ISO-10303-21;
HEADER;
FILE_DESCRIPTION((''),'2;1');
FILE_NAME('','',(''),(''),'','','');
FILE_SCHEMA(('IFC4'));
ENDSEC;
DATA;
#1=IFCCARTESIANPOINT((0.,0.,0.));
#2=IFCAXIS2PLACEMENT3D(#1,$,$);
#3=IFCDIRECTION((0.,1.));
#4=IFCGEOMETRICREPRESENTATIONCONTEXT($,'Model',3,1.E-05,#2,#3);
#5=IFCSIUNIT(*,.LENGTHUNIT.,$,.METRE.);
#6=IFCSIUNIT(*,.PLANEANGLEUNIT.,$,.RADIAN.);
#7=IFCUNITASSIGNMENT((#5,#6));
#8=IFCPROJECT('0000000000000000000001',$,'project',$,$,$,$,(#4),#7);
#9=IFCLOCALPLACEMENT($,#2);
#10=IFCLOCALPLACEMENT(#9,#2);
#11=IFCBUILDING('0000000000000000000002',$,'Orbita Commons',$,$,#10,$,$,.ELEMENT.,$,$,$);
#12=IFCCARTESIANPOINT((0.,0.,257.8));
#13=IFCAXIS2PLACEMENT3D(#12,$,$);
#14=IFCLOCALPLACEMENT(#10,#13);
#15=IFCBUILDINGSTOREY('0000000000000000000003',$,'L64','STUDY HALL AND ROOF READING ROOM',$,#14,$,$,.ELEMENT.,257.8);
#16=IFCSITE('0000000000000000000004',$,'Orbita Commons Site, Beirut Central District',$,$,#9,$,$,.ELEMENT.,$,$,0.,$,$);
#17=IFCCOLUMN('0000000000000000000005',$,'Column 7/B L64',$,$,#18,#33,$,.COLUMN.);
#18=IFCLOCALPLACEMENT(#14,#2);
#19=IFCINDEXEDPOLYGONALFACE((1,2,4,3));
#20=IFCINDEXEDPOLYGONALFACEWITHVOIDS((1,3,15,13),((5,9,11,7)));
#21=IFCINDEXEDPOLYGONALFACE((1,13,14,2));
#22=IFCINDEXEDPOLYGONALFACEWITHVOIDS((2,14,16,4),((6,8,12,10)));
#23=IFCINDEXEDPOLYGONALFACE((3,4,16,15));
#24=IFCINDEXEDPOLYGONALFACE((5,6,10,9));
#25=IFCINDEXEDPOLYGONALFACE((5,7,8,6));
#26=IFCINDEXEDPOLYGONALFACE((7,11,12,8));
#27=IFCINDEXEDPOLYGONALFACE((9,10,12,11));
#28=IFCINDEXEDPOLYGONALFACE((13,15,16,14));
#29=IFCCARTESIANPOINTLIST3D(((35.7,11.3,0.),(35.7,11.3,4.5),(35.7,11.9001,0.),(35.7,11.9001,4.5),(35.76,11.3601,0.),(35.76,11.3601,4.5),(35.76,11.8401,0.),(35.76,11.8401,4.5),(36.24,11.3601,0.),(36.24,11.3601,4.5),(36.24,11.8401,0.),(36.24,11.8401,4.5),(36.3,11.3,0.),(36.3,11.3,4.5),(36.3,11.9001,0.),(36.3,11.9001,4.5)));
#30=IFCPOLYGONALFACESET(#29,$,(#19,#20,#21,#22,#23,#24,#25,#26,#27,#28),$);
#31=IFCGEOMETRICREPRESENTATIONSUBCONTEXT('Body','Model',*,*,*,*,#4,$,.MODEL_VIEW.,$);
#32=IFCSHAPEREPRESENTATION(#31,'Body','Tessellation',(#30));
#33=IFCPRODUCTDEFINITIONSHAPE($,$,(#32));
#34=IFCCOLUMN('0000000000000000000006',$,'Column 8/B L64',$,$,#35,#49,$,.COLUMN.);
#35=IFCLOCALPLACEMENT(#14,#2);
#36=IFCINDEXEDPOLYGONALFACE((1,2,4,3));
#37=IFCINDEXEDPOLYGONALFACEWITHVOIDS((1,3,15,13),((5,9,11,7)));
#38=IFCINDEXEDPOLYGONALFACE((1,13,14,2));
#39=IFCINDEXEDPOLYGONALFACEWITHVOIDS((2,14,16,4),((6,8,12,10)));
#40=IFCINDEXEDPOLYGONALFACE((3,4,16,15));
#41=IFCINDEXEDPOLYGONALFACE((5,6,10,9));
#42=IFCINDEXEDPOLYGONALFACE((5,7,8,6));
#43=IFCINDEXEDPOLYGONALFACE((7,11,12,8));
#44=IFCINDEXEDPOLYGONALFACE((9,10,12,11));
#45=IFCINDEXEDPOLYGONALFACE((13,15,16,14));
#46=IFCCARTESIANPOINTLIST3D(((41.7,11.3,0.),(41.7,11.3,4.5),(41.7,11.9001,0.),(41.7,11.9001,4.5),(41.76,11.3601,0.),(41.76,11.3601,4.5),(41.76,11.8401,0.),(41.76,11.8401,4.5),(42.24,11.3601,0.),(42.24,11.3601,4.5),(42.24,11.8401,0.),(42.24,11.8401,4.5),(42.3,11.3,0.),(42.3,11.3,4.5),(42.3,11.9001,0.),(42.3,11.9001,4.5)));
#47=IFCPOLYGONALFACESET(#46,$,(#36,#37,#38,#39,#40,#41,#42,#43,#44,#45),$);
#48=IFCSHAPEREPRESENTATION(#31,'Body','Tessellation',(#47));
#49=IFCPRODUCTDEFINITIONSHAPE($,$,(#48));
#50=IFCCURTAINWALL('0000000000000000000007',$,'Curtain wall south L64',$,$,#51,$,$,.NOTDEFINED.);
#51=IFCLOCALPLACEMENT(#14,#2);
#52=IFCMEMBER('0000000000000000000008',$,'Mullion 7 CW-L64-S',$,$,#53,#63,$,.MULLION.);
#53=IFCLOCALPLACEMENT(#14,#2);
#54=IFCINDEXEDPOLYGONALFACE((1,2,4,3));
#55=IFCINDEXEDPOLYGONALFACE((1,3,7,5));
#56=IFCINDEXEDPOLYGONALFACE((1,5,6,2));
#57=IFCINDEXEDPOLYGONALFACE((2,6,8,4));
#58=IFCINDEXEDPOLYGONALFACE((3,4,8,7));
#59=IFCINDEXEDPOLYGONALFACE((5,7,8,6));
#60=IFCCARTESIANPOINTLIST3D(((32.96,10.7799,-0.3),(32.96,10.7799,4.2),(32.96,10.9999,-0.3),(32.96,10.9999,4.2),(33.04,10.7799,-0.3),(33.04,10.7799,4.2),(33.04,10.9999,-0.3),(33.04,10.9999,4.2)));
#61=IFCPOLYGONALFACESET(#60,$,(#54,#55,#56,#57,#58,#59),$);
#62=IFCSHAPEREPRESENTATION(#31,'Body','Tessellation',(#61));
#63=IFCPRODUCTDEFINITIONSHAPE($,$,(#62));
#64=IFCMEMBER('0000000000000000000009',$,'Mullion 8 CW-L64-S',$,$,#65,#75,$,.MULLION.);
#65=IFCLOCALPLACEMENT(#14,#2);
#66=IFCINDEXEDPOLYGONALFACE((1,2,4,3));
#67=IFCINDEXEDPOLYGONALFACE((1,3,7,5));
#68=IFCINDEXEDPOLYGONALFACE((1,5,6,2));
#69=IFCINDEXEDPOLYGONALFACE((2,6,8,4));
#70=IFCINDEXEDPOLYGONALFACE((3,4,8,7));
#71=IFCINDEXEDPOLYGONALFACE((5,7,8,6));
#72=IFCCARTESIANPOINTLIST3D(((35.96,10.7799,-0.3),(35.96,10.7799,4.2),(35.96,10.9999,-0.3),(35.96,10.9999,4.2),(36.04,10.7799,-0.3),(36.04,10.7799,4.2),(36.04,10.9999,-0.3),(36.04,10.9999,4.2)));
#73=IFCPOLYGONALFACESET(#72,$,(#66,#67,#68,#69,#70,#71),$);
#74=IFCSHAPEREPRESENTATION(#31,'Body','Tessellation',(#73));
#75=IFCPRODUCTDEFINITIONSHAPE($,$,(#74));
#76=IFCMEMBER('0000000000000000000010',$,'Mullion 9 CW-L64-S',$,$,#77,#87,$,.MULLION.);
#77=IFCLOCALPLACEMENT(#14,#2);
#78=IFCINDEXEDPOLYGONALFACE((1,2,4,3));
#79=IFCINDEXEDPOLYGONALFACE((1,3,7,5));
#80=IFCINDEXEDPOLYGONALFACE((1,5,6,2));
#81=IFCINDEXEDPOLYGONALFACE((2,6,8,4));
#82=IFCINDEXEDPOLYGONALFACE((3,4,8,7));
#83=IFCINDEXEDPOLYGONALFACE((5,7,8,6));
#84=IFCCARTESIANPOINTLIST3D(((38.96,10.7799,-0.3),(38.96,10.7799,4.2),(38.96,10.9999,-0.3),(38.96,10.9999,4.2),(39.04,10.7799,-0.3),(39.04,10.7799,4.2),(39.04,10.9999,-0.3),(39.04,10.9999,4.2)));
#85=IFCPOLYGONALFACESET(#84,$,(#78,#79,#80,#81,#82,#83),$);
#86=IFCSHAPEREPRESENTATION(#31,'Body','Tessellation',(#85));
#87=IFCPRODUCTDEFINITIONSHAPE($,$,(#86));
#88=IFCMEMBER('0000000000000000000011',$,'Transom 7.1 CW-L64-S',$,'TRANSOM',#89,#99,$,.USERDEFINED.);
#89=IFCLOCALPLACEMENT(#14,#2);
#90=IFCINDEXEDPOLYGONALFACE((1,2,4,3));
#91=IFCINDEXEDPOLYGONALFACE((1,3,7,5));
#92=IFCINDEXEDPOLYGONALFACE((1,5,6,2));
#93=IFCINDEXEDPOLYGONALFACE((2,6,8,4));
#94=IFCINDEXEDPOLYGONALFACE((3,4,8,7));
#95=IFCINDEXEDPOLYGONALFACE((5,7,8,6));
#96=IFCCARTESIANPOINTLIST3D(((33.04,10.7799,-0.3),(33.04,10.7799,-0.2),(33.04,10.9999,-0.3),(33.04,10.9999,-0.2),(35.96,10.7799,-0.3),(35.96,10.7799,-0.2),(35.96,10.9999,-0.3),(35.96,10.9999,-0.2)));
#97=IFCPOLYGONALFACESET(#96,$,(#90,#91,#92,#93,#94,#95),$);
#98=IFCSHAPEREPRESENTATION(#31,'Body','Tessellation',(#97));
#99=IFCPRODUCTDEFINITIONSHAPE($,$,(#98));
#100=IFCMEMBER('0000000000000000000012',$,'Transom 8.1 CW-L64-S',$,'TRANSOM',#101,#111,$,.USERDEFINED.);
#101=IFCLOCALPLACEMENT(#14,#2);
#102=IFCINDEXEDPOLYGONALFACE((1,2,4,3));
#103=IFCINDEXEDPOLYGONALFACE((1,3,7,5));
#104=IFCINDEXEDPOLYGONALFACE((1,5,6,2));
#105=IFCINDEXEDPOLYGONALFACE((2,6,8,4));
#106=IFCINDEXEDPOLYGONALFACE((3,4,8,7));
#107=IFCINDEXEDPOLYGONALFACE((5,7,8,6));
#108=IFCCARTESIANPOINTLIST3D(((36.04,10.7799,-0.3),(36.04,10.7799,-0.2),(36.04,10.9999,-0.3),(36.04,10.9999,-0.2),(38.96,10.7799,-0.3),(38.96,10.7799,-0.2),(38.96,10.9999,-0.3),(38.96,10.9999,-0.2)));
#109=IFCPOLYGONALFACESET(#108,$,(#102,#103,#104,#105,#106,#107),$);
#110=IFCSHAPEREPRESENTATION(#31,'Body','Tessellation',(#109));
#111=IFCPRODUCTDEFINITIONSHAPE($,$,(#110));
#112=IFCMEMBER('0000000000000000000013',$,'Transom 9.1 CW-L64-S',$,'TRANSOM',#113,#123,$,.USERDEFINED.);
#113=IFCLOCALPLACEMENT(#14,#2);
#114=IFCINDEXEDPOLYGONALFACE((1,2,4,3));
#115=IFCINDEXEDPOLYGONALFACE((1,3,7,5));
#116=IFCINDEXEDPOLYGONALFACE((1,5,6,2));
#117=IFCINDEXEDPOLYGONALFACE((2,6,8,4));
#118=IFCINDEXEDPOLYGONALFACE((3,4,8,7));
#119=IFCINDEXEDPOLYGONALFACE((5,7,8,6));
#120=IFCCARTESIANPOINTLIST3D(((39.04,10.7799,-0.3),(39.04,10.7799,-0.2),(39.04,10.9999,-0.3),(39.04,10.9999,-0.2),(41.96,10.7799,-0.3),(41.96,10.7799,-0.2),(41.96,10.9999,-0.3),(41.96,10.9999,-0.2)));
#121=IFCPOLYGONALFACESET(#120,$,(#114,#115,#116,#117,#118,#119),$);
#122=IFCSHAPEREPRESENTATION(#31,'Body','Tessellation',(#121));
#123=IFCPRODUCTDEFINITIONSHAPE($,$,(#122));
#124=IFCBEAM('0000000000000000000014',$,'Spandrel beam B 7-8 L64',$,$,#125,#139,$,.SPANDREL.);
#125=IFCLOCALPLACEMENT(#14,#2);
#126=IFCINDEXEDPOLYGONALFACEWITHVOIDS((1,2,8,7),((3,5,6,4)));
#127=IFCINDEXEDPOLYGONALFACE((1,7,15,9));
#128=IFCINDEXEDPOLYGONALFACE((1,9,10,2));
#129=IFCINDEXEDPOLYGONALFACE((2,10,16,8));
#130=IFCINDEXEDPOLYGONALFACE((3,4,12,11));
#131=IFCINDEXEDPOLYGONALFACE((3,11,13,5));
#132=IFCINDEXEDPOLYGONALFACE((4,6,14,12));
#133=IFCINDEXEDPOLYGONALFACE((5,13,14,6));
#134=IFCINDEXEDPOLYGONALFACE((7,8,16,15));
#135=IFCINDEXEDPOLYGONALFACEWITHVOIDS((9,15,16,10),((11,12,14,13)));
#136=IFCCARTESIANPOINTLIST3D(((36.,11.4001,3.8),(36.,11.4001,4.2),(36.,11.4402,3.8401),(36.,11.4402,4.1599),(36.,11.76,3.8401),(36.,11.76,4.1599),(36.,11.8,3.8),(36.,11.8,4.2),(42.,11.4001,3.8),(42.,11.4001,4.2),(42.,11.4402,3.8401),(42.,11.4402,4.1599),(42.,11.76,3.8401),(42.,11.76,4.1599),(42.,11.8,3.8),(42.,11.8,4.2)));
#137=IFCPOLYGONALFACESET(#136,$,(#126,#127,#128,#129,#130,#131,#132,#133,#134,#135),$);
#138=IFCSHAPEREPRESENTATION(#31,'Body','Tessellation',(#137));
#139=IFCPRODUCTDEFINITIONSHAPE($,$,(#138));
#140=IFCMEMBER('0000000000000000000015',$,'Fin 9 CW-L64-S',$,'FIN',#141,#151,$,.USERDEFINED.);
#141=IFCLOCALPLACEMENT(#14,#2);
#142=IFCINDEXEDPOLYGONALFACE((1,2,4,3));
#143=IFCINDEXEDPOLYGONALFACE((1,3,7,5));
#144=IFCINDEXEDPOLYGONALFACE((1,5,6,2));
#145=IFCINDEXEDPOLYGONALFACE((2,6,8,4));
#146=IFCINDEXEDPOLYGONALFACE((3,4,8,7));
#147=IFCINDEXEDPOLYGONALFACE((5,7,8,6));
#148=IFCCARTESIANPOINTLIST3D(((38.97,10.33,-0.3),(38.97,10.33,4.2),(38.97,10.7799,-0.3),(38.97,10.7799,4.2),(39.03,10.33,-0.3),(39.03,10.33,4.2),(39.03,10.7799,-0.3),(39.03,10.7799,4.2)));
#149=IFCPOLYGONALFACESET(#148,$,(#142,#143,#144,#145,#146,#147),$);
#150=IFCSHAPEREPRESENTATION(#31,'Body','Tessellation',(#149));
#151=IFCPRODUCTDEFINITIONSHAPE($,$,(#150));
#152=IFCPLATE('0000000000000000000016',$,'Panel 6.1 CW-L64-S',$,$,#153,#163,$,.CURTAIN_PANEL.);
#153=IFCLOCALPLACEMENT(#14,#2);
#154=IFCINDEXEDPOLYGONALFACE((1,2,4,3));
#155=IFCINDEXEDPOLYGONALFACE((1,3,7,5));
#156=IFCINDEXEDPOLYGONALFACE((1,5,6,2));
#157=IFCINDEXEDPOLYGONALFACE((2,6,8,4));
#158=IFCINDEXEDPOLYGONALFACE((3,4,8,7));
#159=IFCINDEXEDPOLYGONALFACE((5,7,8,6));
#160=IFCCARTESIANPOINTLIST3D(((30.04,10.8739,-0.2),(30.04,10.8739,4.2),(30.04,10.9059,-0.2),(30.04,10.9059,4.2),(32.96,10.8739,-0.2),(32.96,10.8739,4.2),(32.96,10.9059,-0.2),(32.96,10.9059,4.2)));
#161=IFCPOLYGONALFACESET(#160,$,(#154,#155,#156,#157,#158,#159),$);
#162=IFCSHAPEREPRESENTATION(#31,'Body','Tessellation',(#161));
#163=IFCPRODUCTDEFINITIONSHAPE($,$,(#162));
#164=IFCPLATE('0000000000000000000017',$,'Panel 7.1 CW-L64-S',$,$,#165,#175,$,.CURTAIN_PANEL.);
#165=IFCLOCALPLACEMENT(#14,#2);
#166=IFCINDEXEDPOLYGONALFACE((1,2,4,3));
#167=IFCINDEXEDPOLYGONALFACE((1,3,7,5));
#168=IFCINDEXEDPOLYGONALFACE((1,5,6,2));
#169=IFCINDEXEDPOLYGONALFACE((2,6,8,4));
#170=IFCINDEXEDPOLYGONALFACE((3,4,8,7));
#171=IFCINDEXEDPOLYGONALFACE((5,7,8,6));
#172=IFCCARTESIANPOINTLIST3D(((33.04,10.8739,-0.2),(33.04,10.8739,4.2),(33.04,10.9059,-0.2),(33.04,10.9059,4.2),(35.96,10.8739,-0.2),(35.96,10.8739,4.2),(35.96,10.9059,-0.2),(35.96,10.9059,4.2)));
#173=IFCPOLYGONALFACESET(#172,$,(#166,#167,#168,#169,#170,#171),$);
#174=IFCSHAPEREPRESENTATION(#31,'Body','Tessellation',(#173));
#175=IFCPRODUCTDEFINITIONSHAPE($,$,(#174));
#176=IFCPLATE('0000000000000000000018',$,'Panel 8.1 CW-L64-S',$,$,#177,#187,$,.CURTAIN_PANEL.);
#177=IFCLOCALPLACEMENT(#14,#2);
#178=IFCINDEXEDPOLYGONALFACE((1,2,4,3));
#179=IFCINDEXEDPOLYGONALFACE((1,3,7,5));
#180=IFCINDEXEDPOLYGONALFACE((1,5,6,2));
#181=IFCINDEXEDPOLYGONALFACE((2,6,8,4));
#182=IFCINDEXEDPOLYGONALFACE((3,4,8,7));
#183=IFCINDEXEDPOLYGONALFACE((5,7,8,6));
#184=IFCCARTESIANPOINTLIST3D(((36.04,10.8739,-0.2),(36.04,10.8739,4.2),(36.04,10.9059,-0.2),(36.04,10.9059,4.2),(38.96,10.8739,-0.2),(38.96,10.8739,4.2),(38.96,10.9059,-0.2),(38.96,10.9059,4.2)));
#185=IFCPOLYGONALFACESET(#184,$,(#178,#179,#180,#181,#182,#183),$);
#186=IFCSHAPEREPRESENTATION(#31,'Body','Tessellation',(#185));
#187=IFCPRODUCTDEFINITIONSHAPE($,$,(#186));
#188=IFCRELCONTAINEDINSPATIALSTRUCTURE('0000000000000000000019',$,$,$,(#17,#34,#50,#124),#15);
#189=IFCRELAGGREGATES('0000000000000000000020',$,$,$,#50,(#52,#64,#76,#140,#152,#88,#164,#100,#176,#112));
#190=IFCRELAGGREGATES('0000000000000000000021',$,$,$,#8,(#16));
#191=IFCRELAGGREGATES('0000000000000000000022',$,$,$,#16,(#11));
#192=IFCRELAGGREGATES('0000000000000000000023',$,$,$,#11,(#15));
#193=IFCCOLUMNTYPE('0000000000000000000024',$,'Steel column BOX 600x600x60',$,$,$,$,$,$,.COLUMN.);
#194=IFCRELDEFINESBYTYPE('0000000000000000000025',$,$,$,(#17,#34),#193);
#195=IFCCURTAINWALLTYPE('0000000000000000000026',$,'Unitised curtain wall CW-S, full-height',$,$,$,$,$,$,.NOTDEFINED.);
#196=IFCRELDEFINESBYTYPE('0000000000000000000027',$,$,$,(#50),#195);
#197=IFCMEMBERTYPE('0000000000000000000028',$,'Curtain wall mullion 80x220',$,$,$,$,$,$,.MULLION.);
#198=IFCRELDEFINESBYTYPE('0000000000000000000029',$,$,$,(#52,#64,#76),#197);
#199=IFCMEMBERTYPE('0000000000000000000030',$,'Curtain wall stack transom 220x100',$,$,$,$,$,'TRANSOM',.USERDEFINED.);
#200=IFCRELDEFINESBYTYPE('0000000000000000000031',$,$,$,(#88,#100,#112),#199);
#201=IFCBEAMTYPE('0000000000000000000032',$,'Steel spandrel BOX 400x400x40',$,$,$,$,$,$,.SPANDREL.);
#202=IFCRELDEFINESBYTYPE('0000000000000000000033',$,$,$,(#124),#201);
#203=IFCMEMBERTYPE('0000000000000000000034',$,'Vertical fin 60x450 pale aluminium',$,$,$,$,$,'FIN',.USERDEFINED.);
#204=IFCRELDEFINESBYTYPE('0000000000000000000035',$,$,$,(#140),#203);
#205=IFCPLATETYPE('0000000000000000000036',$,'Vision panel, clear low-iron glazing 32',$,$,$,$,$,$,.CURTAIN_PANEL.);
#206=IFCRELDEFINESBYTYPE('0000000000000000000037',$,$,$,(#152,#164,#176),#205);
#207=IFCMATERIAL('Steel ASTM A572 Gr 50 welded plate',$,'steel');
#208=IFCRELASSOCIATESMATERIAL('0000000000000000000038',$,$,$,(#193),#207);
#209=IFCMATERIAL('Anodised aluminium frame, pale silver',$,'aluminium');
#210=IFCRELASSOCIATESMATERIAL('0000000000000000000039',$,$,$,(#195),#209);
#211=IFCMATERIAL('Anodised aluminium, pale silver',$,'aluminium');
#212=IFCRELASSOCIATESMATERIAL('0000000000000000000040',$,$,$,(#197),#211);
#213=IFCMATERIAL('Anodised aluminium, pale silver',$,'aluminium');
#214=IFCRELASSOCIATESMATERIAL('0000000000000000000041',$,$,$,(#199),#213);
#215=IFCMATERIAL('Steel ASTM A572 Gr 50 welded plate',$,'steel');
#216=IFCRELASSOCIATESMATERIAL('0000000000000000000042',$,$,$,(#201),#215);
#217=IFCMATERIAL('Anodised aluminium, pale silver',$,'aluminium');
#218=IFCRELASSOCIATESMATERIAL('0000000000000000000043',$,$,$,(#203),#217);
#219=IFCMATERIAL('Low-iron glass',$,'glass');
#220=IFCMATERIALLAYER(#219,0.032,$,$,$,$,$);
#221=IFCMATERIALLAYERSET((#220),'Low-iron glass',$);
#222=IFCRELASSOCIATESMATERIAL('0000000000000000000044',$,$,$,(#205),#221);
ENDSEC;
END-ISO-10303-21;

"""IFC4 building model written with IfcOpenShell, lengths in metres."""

from ifc_helpers import new_model, si_unit, direction, frame, origin, origin_2d, place, context, subcontext, project, spatial, rectangle, hollow_rectangle, extrude, material, layer, layer_set, material_profile, profile_set, type_object, element, aggregate, save


model = new_model("IFC4")

# Units and contexts
model_context = context("Model", 3, precision=1e-05, world=origin(), true_north=direction((0.0, 1.0)))
body_context = subcontext(model_context, "Body", "Model", "MODEL_VIEW")
ifc_project = project(units=[si_unit("LENGTHUNIT", "METRE"), si_unit("PLANEANGLEUNIT", "RADIAN")], contexts=[model_context])

# Site, building, storey
site_placement = place(None, origin())
site = spatial("IfcSite", under=ifc_project, at=site_placement, Name="Orbita Commons Site, Beirut Central District", CompositionType="ELEMENT", RefElevation=0.0)
building_placement = place(site_placement, origin())
building = spatial("IfcBuilding", under=site, at=building_placement, Name="Orbita Commons", CompositionType="ELEMENT")
storey_placement = place(building_placement, frame((0.0, 0.0, 257.8)))
storey = spatial("IfcBuildingStorey", under=building, at=storey_placement, Name="L64", Description="STUDY HALL AND ROOF READING ROOM", CompositionType="ELEMENT", Elevation=257.8)

# Columns
ifc_material_1 = material(Name="Steel ASTM A572 Gr 50 welded plate", Category="steel")
ifc_material_profile_1 = material_profile(ifc_material_1, hollow_rectangle(XDim=0.6001, YDim=0.6001, WallThickness=0.0601, at=origin_2d()), Name="BOX 600x600x60")
ifc_profile_set_1 = profile_set([ifc_material_profile_1], Name="Steel ASTM A572 Gr 50 welded plate")
column_type = type_object("IfcColumnType", Name="Steel column BOX 600x600x60", PredefinedType="COLUMN", material=ifc_profile_set_1)
for number, where, z_axis, x_axis, name in (
    (1, (36.0, 11.6001, 0.0), (0.0, 0.0, 1.0), (1.0, 0.0, 0.0), "Column 7/B L64"),
    (2, (42.0, 11.6001, 0.0), (0.0, 0.0, 1.0), (1.0, 0.0, 0.0), "Column 8/B L64"),
):
    element("IfcColumn", number, at=place(storey_placement, frame(where, z_axis=z_axis, x_axis=x_axis)), inside=storey, type_object=column_type, Name=name, PredefinedType="COLUMN", context=body_context, shape_type="SweptSolid", body=[
        extrude(hollow_rectangle(XDim=0.6001, YDim=0.6001, WallThickness=0.0601, at=origin_2d()), origin(), (0.0, 0.0, 1.0), 4.5),
    ])

# Curtain wall, members
ifc_material_2 = material(Name="Anodised aluminium frame, pale silver", Category="aluminium")
curtain_wall_type = type_object("IfcCurtainWallType", Name="Unitised curtain wall CW-S, full-height", PredefinedType="NOTDEFINED", material=ifc_material_2)
curtain_wall_placement = place(storey_placement, origin())
curtain_wall = element("IfcCurtainWall", 3, at=curtain_wall_placement, inside=storey, type_object=curtain_wall_type, Name="Curtain wall south L64", PredefinedType="NOTDEFINED")
ifc_material_3 = material(Name="Anodised aluminium, pale silver", Category="aluminium")
ifc_material_profile_2 = material_profile(ifc_material_3, rectangle(XDim=0.0801, YDim=0.22, at=origin_2d()), Name="AL 80x220")
ifc_profile_set_2 = profile_set([ifc_material_profile_2], Name="Anodised aluminium, pale silver")
member_type_1 = type_object("IfcMemberType", Name="Curtain wall mullion 80x220", PredefinedType="MULLION", material=ifc_profile_set_2)
member_1_placement = place(storey_placement, frame((33.0, 10.8899, -0.3), z_axis=(0.0, 0.0, 1.0), x_axis=(1.0, 0.0, 0.0)))
member_1 = element("IfcMember", 4, at=member_1_placement, type_object=member_type_1, Name="Mullion 7 CW-L64-S", PredefinedType="MULLION", context=body_context, shape_type="SweptSolid", body=[
    extrude(rectangle(XDim=0.0801, YDim=0.22, at=origin_2d()), origin(), (0.0, 0.0, 1.0), 4.5),
])
member_2_placement = place(storey_placement, frame((36.0, 10.8899, -0.3), z_axis=(0.0, 0.0, 1.0), x_axis=(1.0, 0.0, 0.0)))
member_2 = element("IfcMember", 5, at=member_2_placement, type_object=member_type_1, Name="Mullion 8 CW-L64-S", PredefinedType="MULLION", context=body_context, shape_type="SweptSolid", body=[
    extrude(rectangle(XDim=0.0801, YDim=0.22, at=origin_2d()), origin(), (0.0, 0.0, 1.0), 4.5),
])
member_3_placement = place(storey_placement, frame((39.0, 10.8899, -0.3), z_axis=(0.0, 0.0, 1.0), x_axis=(1.0, 0.0, 0.0)))
member_3 = element("IfcMember", 6, at=member_3_placement, type_object=member_type_1, Name="Mullion 9 CW-L64-S", PredefinedType="MULLION", context=body_context, shape_type="SweptSolid", body=[
    extrude(rectangle(XDim=0.0801, YDim=0.22, at=origin_2d()), origin(), (0.0, 0.0, 1.0), 4.5),
])
ifc_material_4 = material(Name="Anodised aluminium, pale silver", Category="aluminium")
ifc_material_profile_3 = material_profile(ifc_material_4, rectangle(XDim=0.22, YDim=0.1001, at=origin_2d()), Name="AL 220x100")
ifc_profile_set_3 = profile_set([ifc_material_profile_3], Name="Anodised aluminium, pale silver")
member_type_2 = type_object("IfcMemberType", Name="Curtain wall stack transom 220x100", ElementType="TRANSOM", PredefinedType="USERDEFINED", material=ifc_profile_set_3)
member_4_placement = place(storey_placement, frame((33.04, 10.8899, -0.25), z_axis=(1.0, 0.0, 0.0), x_axis=(0.0, 1.0, 0.0)))
member_4 = element("IfcMember", 7, at=member_4_placement, type_object=member_type_2, Name="Transom 7.1 CW-L64-S", ObjectType="TRANSOM", PredefinedType="USERDEFINED", context=body_context, shape_type="SweptSolid", body=[
    extrude(rectangle(XDim=0.22, YDim=0.1001, at=origin_2d()), origin(), (0.0, 0.0, 1.0), 2.9199),
])
member_5_placement = place(storey_placement, frame((36.04, 10.8899, -0.25), z_axis=(1.0, 0.0, 0.0), x_axis=(0.0, 1.0, 0.0)))
member_5 = element("IfcMember", 8, at=member_5_placement, type_object=member_type_2, Name="Transom 8.1 CW-L64-S", ObjectType="TRANSOM", PredefinedType="USERDEFINED", context=body_context, shape_type="SweptSolid", body=[
    extrude(rectangle(XDim=0.22, YDim=0.1001, at=origin_2d()), origin(), (0.0, 0.0, 1.0), 2.9199),
])
member_6_placement = place(storey_placement, frame((39.04, 10.8899, -0.25), z_axis=(1.0, 0.0, 0.0), x_axis=(0.0, 1.0, 0.0)))
member_6 = element("IfcMember", 9, at=member_6_placement, type_object=member_type_2, Name="Transom 9.1 CW-L64-S", ObjectType="TRANSOM", PredefinedType="USERDEFINED", context=body_context, shape_type="SweptSolid", body=[
    extrude(rectangle(XDim=0.22, YDim=0.1001, at=origin_2d()), origin(), (0.0, 0.0, 1.0), 2.9199),
])

# Beam
ifc_material_5 = material(Name="Steel ASTM A572 Gr 50 welded plate", Category="steel")
ifc_material_profile_4 = material_profile(ifc_material_5, hollow_rectangle(XDim=0.3999, YDim=0.3999, WallThickness=0.04, at=origin_2d()), Name="BOX 400x400x40")
ifc_profile_set_4 = profile_set([ifc_material_profile_4], Name="Steel ASTM A572 Gr 50 welded plate")
beam_type = type_object("IfcBeamType", Name="Steel spandrel BOX 400x400x40", PredefinedType="SPANDREL", material=ifc_profile_set_4)
beam_placement = place(storey_placement, frame((36.0, 11.6001, 4.0), z_axis=(1.0, 0.0, 0.0), x_axis=(0.0, 1.0, 0.0)))
element("IfcBeam", 10, at=beam_placement, inside=storey, type_object=beam_type, Name="Spandrel beam B 7-8 L64", PredefinedType="SPANDREL", context=body_context, shape_type="SweptSolid", body=[
    extrude(hollow_rectangle(XDim=0.3999, YDim=0.3999, WallThickness=0.04, at=origin_2d()), origin(), (0.0, 0.0, 1.0), 6.0),
])

# Member
ifc_material_6 = material(Name="Anodised aluminium, pale silver", Category="aluminium")
ifc_material_profile_5 = material_profile(ifc_material_6, rectangle(XDim=0.0601, YDim=0.45, at=origin_2d()), Name="FIN 60x450")
ifc_profile_set_5 = profile_set([ifc_material_profile_5], Name="Anodised aluminium, pale silver")
member_type_3 = type_object("IfcMemberType", Name="Vertical fin 60x450 pale aluminium", ElementType="FIN", PredefinedType="USERDEFINED", material=ifc_profile_set_5)
member_7_placement = place(storey_placement, frame((39.0, 10.5549, -0.3), z_axis=(0.0, 0.0, 1.0), x_axis=(1.0, 0.0, 0.0)))
member_7 = element("IfcMember", 11, at=member_7_placement, type_object=member_type_3, Name="Fin 9 CW-L64-S", ObjectType="FIN", PredefinedType="USERDEFINED", context=body_context, shape_type="SweptSolid", body=[
    extrude(rectangle(XDim=0.0601, YDim=0.45, at=origin_2d()), origin(), (0.0, 0.0, 1.0), 4.5),
])

# Plates
ifc_material_7 = material(Name="Low-iron glass", Category="glass")
ifc_layer_1 = layer(ifc_material_7, 0.032)
ifc_layer_set_1 = layer_set([ifc_layer_1], Name="Low-iron glass")
plate_type = type_object("IfcPlateType", Name="Vision panel, clear low-iron glazing 32", PredefinedType="CURTAIN_PANEL", material=ifc_layer_set_1)
plate_1_placement = place(storey_placement, frame((31.5, 10.8899, -0.2), z_axis=(0.0, 0.0, 1.0), x_axis=(1.0, 0.0, 0.0)))
plate_1 = element("IfcPlate", 12, at=plate_1_placement, type_object=plate_type, Name="Panel 6.1 CW-L64-S", PredefinedType="CURTAIN_PANEL", context=body_context, shape_type="SweptSolid", body=[
    extrude(rectangle(XDim=2.9199, YDim=0.032, at=origin_2d()), origin(), (0.0, 0.0, 1.0), 4.3999),
])
plate_2_placement = place(storey_placement, frame((34.5, 10.8899, -0.2), z_axis=(0.0, 0.0, 1.0), x_axis=(1.0, 0.0, 0.0)))
plate_2 = element("IfcPlate", 13, at=plate_2_placement, type_object=plate_type, Name="Panel 7.1 CW-L64-S", PredefinedType="CURTAIN_PANEL", context=body_context, shape_type="SweptSolid", body=[
    extrude(rectangle(XDim=2.9199, YDim=0.032, at=origin_2d()), origin(), (0.0, 0.0, 1.0), 4.3999),
])
plate_3_placement = place(storey_placement, frame((37.5, 10.8899, -0.2), z_axis=(0.0, 0.0, 1.0), x_axis=(1.0, 0.0, 0.0)))
plate_3 = element("IfcPlate", 14, at=plate_3_placement, type_object=plate_type, Name="Panel 8.1 CW-L64-S", PredefinedType="CURTAIN_PANEL", context=body_context, shape_type="SweptSolid", body=[
    extrude(rectangle(XDim=2.9199, YDim=0.032, at=origin_2d()), origin(), (0.0, 0.0, 1.0), 4.3999),
])
aggregate(curtain_wall, [member_1, member_2, member_3, member_7, plate_1, member_4, plate_2, member_5, plate_3, member_6])

save(model, "model.ifc")
